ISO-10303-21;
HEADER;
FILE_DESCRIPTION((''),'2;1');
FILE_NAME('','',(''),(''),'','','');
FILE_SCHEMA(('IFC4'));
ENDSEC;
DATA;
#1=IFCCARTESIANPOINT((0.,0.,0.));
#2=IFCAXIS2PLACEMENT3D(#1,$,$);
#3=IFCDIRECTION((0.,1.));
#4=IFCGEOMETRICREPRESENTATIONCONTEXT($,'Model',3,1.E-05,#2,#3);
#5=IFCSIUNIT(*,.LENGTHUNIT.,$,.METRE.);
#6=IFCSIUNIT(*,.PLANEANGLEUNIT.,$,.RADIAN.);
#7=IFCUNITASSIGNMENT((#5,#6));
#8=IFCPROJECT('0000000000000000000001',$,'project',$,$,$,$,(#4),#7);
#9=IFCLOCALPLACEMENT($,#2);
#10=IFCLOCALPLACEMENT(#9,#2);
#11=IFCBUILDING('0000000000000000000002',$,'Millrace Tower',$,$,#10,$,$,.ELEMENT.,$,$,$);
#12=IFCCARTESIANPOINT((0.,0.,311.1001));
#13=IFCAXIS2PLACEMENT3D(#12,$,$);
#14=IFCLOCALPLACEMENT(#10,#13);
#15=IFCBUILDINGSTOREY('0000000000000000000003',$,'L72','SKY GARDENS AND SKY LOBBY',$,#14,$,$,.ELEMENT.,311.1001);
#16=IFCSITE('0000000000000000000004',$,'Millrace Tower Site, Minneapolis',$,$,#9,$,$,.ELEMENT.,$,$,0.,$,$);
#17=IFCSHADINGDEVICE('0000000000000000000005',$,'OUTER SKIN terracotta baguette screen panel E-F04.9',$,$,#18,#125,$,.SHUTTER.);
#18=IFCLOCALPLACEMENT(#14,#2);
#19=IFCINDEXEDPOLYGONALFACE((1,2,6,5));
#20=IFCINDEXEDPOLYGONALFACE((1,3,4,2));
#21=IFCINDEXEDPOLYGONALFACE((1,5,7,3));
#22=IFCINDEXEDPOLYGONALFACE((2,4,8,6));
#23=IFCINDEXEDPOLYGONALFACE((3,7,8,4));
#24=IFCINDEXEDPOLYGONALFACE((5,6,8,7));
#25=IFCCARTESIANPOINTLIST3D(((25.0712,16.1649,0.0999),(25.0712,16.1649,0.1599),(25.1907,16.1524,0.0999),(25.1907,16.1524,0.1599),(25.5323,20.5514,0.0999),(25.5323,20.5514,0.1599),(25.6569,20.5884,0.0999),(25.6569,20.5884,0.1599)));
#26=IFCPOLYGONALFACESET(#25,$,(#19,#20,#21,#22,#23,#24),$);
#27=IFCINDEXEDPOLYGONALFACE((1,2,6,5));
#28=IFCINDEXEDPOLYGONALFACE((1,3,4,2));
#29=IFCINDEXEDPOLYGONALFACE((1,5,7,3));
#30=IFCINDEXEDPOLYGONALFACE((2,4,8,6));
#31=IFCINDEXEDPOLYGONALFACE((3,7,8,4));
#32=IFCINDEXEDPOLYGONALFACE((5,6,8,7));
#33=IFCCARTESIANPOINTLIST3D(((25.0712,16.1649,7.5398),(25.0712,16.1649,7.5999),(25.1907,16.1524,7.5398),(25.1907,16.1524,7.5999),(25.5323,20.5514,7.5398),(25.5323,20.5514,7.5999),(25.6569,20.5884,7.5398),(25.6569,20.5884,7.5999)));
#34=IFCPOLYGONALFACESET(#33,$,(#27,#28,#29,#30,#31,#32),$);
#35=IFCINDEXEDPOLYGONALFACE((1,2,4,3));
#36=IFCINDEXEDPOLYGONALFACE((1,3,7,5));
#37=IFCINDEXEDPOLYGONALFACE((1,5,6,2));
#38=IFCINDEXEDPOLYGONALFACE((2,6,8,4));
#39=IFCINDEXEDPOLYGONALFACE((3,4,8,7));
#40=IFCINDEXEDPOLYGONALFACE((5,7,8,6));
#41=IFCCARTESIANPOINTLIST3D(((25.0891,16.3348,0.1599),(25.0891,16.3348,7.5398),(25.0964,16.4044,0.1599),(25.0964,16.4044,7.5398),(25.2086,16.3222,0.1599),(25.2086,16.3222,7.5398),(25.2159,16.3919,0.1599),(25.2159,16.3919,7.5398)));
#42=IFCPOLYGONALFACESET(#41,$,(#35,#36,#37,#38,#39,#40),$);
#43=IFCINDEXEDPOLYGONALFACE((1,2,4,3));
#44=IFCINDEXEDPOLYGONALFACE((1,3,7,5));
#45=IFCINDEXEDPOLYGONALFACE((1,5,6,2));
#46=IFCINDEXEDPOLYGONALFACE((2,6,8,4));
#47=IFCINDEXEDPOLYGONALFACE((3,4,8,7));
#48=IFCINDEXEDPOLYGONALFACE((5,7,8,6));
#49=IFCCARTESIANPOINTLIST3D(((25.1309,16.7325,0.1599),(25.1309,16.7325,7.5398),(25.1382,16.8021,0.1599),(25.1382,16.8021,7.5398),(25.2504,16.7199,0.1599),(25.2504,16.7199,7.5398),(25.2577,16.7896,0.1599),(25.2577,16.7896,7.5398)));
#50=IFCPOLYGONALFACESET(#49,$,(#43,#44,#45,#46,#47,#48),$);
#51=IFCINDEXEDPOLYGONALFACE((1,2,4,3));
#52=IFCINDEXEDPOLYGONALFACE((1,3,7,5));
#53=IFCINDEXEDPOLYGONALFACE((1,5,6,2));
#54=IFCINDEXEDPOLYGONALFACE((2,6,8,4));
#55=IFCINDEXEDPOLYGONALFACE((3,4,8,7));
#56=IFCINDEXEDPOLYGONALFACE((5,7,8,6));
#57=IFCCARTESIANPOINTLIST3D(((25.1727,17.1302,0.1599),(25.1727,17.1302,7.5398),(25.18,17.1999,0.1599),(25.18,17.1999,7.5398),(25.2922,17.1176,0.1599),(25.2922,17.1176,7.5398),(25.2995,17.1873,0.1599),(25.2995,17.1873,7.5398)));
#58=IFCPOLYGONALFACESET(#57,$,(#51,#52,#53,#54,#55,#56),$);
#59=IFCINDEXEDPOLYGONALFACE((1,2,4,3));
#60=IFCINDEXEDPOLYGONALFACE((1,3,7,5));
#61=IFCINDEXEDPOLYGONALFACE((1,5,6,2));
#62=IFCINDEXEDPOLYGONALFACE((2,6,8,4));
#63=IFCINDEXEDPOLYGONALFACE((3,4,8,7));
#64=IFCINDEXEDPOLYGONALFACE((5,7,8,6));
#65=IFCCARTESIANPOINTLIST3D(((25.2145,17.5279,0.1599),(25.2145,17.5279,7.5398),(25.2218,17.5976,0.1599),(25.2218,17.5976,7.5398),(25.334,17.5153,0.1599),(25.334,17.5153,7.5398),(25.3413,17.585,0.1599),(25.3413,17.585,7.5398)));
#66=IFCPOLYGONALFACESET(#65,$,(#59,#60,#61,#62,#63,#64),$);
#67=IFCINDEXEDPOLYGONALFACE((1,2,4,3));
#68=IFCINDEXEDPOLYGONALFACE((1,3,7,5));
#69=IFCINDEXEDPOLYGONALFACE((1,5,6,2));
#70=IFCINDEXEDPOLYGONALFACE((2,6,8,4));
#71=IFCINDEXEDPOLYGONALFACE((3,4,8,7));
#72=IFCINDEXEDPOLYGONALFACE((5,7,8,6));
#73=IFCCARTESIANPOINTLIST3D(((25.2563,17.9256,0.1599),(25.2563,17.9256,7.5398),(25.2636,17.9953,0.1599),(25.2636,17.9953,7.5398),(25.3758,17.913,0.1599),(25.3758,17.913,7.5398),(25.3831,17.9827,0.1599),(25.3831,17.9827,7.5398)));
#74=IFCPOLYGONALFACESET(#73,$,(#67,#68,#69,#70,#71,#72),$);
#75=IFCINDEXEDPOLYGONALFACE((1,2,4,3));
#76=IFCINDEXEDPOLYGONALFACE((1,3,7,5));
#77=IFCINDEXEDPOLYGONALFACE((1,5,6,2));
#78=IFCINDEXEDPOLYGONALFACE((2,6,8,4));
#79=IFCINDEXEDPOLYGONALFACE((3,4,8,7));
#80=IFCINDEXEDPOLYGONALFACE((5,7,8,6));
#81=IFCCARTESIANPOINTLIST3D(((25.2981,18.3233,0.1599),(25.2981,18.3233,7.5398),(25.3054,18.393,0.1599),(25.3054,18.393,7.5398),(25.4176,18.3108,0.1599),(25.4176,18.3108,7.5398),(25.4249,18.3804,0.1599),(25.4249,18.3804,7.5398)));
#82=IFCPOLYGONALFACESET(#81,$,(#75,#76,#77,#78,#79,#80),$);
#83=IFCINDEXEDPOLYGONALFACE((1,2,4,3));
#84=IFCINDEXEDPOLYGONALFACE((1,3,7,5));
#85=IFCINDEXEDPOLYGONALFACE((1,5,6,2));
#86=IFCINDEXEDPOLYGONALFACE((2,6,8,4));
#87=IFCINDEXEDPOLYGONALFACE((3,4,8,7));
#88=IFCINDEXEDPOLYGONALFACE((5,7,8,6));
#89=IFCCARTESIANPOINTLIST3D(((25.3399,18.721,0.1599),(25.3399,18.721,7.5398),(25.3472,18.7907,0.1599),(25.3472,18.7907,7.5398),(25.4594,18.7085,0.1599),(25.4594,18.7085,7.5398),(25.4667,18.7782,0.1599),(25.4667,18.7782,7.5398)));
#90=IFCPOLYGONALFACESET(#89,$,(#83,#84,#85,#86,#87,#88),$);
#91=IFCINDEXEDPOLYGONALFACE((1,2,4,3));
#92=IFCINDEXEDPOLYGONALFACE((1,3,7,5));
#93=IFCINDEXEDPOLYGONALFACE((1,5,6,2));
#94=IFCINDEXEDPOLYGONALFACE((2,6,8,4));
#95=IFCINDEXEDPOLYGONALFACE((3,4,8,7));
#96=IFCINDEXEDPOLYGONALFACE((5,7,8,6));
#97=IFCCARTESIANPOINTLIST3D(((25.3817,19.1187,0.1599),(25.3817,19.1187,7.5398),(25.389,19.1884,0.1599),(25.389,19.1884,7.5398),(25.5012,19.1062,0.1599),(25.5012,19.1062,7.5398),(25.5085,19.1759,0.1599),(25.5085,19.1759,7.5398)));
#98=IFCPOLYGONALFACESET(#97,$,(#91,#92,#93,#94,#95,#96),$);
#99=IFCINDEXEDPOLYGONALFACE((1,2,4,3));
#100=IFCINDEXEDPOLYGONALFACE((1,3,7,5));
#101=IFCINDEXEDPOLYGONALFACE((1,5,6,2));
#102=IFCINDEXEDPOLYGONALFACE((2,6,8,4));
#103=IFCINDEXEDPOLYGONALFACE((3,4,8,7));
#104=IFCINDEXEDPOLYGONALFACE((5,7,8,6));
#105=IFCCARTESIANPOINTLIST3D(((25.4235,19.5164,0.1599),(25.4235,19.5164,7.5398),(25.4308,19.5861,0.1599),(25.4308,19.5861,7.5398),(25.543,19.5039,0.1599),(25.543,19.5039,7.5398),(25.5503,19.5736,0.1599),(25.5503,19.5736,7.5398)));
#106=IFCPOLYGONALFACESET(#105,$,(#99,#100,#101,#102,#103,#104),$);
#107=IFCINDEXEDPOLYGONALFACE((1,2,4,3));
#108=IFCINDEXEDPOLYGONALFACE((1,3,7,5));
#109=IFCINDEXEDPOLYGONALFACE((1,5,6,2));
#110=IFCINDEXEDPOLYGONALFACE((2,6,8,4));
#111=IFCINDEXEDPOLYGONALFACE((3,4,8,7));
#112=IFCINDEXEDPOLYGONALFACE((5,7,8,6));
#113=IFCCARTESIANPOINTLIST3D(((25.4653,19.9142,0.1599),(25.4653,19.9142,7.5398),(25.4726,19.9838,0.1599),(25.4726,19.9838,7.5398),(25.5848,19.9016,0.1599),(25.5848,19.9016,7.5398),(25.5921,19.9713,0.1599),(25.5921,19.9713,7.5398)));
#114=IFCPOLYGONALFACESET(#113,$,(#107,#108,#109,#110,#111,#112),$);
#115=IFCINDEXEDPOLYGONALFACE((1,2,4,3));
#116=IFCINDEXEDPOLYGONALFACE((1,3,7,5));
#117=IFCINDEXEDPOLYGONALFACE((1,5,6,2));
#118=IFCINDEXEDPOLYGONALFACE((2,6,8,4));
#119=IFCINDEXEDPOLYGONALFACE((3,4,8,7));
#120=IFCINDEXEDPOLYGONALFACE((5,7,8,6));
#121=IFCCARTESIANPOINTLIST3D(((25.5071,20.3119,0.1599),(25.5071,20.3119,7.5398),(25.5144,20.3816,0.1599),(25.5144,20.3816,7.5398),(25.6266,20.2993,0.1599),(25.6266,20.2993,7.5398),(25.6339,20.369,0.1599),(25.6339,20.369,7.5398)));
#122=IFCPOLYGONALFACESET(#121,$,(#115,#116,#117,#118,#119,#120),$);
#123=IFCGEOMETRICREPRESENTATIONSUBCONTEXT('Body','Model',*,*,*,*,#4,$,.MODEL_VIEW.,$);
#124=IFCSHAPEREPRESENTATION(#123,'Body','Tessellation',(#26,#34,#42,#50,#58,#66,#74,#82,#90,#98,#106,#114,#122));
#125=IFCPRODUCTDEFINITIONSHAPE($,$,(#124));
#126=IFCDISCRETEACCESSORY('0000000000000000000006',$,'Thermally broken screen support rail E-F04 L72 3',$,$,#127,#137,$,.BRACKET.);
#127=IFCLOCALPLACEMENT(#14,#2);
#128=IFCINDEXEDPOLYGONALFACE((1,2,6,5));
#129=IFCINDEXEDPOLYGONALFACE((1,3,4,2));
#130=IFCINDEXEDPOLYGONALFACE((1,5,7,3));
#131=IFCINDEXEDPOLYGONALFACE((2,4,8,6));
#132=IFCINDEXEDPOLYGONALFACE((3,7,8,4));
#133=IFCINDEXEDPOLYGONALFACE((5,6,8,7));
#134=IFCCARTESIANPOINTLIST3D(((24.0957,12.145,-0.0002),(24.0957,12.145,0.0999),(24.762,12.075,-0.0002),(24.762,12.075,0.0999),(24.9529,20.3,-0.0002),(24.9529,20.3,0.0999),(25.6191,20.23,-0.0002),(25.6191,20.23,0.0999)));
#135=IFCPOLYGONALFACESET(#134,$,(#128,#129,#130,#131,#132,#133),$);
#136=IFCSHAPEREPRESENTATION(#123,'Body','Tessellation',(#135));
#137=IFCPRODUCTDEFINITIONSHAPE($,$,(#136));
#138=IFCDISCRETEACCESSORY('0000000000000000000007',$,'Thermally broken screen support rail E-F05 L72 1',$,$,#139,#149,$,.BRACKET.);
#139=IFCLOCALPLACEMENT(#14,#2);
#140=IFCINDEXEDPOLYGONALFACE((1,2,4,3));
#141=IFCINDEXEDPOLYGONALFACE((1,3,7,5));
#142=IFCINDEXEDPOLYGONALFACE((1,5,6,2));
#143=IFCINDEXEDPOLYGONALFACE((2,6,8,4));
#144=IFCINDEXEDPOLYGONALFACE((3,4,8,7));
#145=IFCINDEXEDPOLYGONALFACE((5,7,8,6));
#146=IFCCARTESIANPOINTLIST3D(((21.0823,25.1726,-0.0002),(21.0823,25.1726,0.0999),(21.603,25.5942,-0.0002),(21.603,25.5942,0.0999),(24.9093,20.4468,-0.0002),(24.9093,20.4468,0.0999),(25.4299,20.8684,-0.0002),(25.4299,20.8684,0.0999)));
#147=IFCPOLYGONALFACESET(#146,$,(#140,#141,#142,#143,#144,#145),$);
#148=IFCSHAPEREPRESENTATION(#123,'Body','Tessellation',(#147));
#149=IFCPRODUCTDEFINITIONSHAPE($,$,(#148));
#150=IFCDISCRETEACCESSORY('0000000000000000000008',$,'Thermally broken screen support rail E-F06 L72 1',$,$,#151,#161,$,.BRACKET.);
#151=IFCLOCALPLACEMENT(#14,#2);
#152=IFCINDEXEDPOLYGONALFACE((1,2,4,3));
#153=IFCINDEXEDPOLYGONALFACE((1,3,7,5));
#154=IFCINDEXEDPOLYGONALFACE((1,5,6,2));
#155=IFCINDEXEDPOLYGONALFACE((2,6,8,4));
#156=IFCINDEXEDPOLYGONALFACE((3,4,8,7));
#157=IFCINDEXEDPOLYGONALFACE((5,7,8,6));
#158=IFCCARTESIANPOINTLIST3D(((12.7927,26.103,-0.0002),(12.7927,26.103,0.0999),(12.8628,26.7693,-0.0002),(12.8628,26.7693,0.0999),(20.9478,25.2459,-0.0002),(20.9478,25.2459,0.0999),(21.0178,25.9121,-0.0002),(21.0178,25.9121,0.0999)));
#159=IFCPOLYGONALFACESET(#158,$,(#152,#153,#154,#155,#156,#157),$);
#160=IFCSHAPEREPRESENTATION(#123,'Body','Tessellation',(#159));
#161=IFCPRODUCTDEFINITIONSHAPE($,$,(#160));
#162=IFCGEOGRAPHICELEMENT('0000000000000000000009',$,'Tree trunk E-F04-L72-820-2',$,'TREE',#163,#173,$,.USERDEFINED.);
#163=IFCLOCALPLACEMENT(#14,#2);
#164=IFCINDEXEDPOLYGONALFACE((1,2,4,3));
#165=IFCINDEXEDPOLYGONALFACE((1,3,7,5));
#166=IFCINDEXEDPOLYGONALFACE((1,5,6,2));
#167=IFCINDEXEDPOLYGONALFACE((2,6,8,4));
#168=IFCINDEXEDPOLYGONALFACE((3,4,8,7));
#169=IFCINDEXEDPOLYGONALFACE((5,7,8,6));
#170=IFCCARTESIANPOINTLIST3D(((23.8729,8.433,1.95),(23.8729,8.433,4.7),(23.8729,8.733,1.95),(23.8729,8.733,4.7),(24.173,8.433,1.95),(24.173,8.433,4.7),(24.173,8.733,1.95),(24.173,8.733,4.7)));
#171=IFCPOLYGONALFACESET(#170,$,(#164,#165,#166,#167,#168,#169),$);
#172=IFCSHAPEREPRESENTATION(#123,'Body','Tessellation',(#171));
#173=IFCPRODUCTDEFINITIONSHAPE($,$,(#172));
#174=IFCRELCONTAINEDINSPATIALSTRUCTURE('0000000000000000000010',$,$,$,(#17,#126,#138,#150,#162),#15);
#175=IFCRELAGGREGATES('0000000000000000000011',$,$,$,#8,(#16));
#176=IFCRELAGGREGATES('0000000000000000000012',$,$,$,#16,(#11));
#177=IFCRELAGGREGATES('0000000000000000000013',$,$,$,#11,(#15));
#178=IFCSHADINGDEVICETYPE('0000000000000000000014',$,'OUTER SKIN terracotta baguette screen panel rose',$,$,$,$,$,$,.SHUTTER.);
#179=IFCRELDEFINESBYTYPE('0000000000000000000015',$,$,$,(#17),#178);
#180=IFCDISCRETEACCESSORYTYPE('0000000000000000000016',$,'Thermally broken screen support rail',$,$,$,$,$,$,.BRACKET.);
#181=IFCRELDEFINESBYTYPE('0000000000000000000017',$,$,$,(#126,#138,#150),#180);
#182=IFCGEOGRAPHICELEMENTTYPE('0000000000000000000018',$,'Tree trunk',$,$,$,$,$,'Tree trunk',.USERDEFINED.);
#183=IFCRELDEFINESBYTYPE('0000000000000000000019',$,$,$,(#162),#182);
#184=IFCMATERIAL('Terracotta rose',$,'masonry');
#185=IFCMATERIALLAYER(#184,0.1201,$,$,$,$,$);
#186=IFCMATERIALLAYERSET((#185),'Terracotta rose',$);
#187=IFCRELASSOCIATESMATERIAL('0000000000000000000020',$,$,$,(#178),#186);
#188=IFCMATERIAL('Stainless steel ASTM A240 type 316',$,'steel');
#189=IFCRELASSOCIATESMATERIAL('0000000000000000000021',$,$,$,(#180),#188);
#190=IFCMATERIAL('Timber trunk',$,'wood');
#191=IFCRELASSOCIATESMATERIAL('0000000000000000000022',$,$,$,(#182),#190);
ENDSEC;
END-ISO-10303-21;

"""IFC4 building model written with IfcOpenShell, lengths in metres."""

from ifc_helpers import new_model, entity, si_unit, direction, frame, frame_2d, origin, origin_2d, place, context, subcontext, project, spatial, rectangle, extrude, source, transform, mapped, material, layer, layer_set, type_object, element, save


model = new_model("IFC4")

# Units and contexts
model_context = context("Model", 3, precision=1e-05, world=origin(), true_north=direction((0.0, 1.0)))
body_context = subcontext(model_context, "Body", "Model", "MODEL_VIEW")
ifc_project = project(units=[si_unit("LENGTHUNIT", "METRE"), si_unit("PLANEANGLEUNIT", "RADIAN")], contexts=[model_context])

# Site, building, storey
site_placement = place(None, origin())
site = spatial("IfcSite", under=ifc_project, at=site_placement, Name="Millrace Tower Site, Minneapolis", CompositionType="ELEMENT", RefElevation=0.0)
building_placement = place(site_placement, origin())
building = spatial("IfcBuilding", under=site, at=building_placement, Name="Millrace Tower", CompositionType="ELEMENT")
storey_placement = place(building_placement, frame((0.0, 0.0, 311.1001)))
storey = spatial("IfcBuildingStorey", under=building, at=storey_placement, Name="L72", Description="SKY GARDENS AND SKY LOBBY", CompositionType="ELEMENT", Elevation=311.1001)

# Shading device
ifc_material_1 = material(Name="Terracotta rose", Category="masonry")
ifc_layer_1 = layer(ifc_material_1, 0.1201)
ifc_layer_set_1 = layer_set([ifc_layer_1], Name="Terracotta rose")
shading_device_type = type_object("IfcShadingDeviceType", Name="OUTER SKIN terracotta baguette screen panel rose", PredefinedType="SHUTTER", material=ifc_layer_set_1)
cartesian_point_1 = entity("IfcCartesianPoint", [-2.2178, 0.0601])
shared_polyline_1 = entity("IfcPolyline", [cartesian_point_1, entity("IfcCartesianPoint", [2.1929, 0.0601]), entity("IfcCartesianPoint", [2.2427, -0.0601]), entity("IfcCartesianPoint", [-2.2178, -0.0601]), cartesian_point_1])
shared_shape_1 = source(origin(), body_context, "Body", "SweptSolid", [
    entity("IfcExtrudedAreaSolid", entity("IfcArbitraryClosedProfileDef", "AREA", None, shared_polyline_1), entity("IfcAxis2Placement3D", entity("IfcCartesianPoint", [0.0, 0.0, 0.0])), entity("IfcDirection", [0.0, 0.0, 1.0]), 0.0601),
    entity("IfcExtrudedAreaSolid", entity("IfcArbitraryClosedProfileDef", "AREA", None, shared_polyline_1), entity("IfcAxis2Placement3D", entity("IfcCartesianPoint", [0.0, 0.0, 7.4399])), entity("IfcDirection", [0.0, 0.0, 1.0]), 0.0601),
    extrude(rectangle(XDim=0.0701, YDim=0.1201, at=frame_2d((-2.012, 0.0))), frame((0.0, 0.0, 0.0601)), (0.0, 0.0, 1.0), 7.3799),
    extrude(rectangle(XDim=0.0701, YDim=0.1201, at=frame_2d((-1.6121, 0.0))), frame((0.0, 0.0, 0.0601)), (0.0, 0.0, 1.0), 7.3799),
    extrude(rectangle(XDim=0.0701, YDim=0.1201, at=frame_2d((-1.2122, 0.0))), frame((0.0, 0.0, 0.0601)), (0.0, 0.0, 1.0), 7.3799),
    extrude(rectangle(XDim=0.0701, YDim=0.1201, at=frame_2d((-0.8123, 0.0))), frame((0.0, 0.0, 0.0601)), (0.0, 0.0, 1.0), 7.3799),
    extrude(rectangle(XDim=0.0701, YDim=0.1201, at=frame_2d((-0.4124, 0.0))), frame((0.0, 0.0, 0.0601)), (0.0, 0.0, 1.0), 7.3799),
    extrude(rectangle(XDim=0.0701, YDim=0.1201, at=frame_2d((-0.0125, 0.0))), frame((0.0, 0.0, 0.0601)), (0.0, 0.0, 1.0), 7.3799),
    extrude(rectangle(XDim=0.0701, YDim=0.1201, at=frame_2d((0.3875, 0.0))), frame((0.0, 0.0, 0.0601)), (0.0, 0.0, 1.0), 7.3799),
    extrude(rectangle(XDim=0.0701, YDim=0.1201, at=frame_2d((0.7874, 0.0))), frame((0.0, 0.0, 0.0601)), (0.0, 0.0, 1.0), 7.3799),
    extrude(rectangle(XDim=0.0701, YDim=0.1201, at=frame_2d((1.1873, 0.0))), frame((0.0, 0.0, 0.0601)), (0.0, 0.0, 1.0), 7.3799),
    extrude(rectangle(XDim=0.0701, YDim=0.1201, at=frame_2d((1.5872, 0.0))), frame((0.0, 0.0, 0.0601)), (0.0, 0.0, 1.0), 7.3799),
    extrude(rectangle(XDim=0.0701, YDim=0.1201, at=frame_2d((1.9871, 0.0))), frame((0.0, 0.0, 0.0601)), (0.0, 0.0, 1.0), 7.3799),
])
shading_device_1_placement = place(storey_placement, frame((25.3628, 18.3643, 0.0999), z_axis=(0.0, 0.0, 1.0), x_axis=(0.104528, 0.994522, 0.0)))
element("IfcShadingDevice", 1, at=shading_device_1_placement, inside=storey, type_object=shading_device_type, Name="OUTER SKIN terracotta baguette screen panel E-F04.9", PredefinedType="SHUTTER", context=body_context, shape_type="MappedRepresentation", body=[
    mapped(shared_shape_1, transform((0.0, 0.0, 0.0), scale=1.0)),
])

# Discrete accessories
ifc_material_2 = material(Name="Stainless steel ASTM A240 type 316", Category="steel")
discrete_accessory_type = type_object("IfcDiscreteAccessoryType", Name="Thermally broken screen support rail", PredefinedType="BRACKET", material=ifc_material_2)
discrete_accessory_1_placement = place(storey_placement, frame((24.8574, 16.1875, -0.0002), z_axis=(0.0, 0.0, 1.0), x_axis=(0.104528, 0.994522, 0.0)))
element("IfcDiscreteAccessory", 2, at=discrete_accessory_1_placement, inside=storey, type_object=discrete_accessory_type, Name="Thermally broken screen support rail E-F04 L72 3", PredefinedType="BRACKET", context=body_context, shape_type="SweptSolid", body=[
    extrude(rectangle(XDim=8.2, YDim=0.6699, at=origin_2d()), origin(), (0.0, 0.0, 1.0), 0.1001),
])
discrete_accessory_2_placement = place(storey_placement, frame((23.2561, 23.0205, -0.0002), z_axis=(0.0, 0.0, 1.0), x_axis=(-0.62932, 0.777146, 0.0)))
element("IfcDiscreteAccessory", 3, at=discrete_accessory_2_placement, inside=storey, type_object=discrete_accessory_type, Name="Thermally broken screen support rail E-F05 L72 1", PredefinedType="BRACKET", context=body_context, shape_type="SweptSolid", body=[
    extrude(rectangle(XDim=6.0811, YDim=0.6699, at=origin_2d()), origin(), (0.0, 0.0, 1.0), 0.1001),
])
discrete_accessory_3_placement = place(storey_placement, frame((16.9053, 26.0076, -0.0002), z_axis=(0.0, 0.0, 1.0), x_axis=(-0.994522, 0.104528, 0.0)))
element("IfcDiscreteAccessory", 4, at=discrete_accessory_3_placement, inside=storey, type_object=discrete_accessory_type, Name="Thermally broken screen support rail E-F06 L72 1", PredefinedType="BRACKET", context=body_context, shape_type="SweptSolid", body=[
    extrude(rectangle(XDim=8.2, YDim=0.6699, at=origin_2d()), origin(), (0.0, 0.0, 1.0), 0.1001),
])

# Geographic element
ifc_material_3 = material(Name="Timber trunk", Category="wood")
geographic_element_type = type_object("IfcGeographicElementType", Name="Tree trunk", ElementType="Tree trunk", PredefinedType="USERDEFINED", material=ifc_material_3)
geographic_element_placement = place(storey_placement, frame((24.0229, 8.583, 1.95), z_axis=(0.0, 0.0, 1.0), x_axis=(1.0, 0.0, 0.0)))
element("IfcGeographicElement", 5, at=geographic_element_placement, inside=storey, type_object=geographic_element_type, Name="Tree trunk E-F04-L72-820-2", ObjectType="TREE", PredefinedType="USERDEFINED", context=body_context, shape_type="SweptSolid", body=[
    extrude(rectangle(XDim=0.3, YDim=0.3, at=origin_2d()), origin(), (0.0, 0.0, 1.0), 2.75),
])

save(model, "model.ifc")
